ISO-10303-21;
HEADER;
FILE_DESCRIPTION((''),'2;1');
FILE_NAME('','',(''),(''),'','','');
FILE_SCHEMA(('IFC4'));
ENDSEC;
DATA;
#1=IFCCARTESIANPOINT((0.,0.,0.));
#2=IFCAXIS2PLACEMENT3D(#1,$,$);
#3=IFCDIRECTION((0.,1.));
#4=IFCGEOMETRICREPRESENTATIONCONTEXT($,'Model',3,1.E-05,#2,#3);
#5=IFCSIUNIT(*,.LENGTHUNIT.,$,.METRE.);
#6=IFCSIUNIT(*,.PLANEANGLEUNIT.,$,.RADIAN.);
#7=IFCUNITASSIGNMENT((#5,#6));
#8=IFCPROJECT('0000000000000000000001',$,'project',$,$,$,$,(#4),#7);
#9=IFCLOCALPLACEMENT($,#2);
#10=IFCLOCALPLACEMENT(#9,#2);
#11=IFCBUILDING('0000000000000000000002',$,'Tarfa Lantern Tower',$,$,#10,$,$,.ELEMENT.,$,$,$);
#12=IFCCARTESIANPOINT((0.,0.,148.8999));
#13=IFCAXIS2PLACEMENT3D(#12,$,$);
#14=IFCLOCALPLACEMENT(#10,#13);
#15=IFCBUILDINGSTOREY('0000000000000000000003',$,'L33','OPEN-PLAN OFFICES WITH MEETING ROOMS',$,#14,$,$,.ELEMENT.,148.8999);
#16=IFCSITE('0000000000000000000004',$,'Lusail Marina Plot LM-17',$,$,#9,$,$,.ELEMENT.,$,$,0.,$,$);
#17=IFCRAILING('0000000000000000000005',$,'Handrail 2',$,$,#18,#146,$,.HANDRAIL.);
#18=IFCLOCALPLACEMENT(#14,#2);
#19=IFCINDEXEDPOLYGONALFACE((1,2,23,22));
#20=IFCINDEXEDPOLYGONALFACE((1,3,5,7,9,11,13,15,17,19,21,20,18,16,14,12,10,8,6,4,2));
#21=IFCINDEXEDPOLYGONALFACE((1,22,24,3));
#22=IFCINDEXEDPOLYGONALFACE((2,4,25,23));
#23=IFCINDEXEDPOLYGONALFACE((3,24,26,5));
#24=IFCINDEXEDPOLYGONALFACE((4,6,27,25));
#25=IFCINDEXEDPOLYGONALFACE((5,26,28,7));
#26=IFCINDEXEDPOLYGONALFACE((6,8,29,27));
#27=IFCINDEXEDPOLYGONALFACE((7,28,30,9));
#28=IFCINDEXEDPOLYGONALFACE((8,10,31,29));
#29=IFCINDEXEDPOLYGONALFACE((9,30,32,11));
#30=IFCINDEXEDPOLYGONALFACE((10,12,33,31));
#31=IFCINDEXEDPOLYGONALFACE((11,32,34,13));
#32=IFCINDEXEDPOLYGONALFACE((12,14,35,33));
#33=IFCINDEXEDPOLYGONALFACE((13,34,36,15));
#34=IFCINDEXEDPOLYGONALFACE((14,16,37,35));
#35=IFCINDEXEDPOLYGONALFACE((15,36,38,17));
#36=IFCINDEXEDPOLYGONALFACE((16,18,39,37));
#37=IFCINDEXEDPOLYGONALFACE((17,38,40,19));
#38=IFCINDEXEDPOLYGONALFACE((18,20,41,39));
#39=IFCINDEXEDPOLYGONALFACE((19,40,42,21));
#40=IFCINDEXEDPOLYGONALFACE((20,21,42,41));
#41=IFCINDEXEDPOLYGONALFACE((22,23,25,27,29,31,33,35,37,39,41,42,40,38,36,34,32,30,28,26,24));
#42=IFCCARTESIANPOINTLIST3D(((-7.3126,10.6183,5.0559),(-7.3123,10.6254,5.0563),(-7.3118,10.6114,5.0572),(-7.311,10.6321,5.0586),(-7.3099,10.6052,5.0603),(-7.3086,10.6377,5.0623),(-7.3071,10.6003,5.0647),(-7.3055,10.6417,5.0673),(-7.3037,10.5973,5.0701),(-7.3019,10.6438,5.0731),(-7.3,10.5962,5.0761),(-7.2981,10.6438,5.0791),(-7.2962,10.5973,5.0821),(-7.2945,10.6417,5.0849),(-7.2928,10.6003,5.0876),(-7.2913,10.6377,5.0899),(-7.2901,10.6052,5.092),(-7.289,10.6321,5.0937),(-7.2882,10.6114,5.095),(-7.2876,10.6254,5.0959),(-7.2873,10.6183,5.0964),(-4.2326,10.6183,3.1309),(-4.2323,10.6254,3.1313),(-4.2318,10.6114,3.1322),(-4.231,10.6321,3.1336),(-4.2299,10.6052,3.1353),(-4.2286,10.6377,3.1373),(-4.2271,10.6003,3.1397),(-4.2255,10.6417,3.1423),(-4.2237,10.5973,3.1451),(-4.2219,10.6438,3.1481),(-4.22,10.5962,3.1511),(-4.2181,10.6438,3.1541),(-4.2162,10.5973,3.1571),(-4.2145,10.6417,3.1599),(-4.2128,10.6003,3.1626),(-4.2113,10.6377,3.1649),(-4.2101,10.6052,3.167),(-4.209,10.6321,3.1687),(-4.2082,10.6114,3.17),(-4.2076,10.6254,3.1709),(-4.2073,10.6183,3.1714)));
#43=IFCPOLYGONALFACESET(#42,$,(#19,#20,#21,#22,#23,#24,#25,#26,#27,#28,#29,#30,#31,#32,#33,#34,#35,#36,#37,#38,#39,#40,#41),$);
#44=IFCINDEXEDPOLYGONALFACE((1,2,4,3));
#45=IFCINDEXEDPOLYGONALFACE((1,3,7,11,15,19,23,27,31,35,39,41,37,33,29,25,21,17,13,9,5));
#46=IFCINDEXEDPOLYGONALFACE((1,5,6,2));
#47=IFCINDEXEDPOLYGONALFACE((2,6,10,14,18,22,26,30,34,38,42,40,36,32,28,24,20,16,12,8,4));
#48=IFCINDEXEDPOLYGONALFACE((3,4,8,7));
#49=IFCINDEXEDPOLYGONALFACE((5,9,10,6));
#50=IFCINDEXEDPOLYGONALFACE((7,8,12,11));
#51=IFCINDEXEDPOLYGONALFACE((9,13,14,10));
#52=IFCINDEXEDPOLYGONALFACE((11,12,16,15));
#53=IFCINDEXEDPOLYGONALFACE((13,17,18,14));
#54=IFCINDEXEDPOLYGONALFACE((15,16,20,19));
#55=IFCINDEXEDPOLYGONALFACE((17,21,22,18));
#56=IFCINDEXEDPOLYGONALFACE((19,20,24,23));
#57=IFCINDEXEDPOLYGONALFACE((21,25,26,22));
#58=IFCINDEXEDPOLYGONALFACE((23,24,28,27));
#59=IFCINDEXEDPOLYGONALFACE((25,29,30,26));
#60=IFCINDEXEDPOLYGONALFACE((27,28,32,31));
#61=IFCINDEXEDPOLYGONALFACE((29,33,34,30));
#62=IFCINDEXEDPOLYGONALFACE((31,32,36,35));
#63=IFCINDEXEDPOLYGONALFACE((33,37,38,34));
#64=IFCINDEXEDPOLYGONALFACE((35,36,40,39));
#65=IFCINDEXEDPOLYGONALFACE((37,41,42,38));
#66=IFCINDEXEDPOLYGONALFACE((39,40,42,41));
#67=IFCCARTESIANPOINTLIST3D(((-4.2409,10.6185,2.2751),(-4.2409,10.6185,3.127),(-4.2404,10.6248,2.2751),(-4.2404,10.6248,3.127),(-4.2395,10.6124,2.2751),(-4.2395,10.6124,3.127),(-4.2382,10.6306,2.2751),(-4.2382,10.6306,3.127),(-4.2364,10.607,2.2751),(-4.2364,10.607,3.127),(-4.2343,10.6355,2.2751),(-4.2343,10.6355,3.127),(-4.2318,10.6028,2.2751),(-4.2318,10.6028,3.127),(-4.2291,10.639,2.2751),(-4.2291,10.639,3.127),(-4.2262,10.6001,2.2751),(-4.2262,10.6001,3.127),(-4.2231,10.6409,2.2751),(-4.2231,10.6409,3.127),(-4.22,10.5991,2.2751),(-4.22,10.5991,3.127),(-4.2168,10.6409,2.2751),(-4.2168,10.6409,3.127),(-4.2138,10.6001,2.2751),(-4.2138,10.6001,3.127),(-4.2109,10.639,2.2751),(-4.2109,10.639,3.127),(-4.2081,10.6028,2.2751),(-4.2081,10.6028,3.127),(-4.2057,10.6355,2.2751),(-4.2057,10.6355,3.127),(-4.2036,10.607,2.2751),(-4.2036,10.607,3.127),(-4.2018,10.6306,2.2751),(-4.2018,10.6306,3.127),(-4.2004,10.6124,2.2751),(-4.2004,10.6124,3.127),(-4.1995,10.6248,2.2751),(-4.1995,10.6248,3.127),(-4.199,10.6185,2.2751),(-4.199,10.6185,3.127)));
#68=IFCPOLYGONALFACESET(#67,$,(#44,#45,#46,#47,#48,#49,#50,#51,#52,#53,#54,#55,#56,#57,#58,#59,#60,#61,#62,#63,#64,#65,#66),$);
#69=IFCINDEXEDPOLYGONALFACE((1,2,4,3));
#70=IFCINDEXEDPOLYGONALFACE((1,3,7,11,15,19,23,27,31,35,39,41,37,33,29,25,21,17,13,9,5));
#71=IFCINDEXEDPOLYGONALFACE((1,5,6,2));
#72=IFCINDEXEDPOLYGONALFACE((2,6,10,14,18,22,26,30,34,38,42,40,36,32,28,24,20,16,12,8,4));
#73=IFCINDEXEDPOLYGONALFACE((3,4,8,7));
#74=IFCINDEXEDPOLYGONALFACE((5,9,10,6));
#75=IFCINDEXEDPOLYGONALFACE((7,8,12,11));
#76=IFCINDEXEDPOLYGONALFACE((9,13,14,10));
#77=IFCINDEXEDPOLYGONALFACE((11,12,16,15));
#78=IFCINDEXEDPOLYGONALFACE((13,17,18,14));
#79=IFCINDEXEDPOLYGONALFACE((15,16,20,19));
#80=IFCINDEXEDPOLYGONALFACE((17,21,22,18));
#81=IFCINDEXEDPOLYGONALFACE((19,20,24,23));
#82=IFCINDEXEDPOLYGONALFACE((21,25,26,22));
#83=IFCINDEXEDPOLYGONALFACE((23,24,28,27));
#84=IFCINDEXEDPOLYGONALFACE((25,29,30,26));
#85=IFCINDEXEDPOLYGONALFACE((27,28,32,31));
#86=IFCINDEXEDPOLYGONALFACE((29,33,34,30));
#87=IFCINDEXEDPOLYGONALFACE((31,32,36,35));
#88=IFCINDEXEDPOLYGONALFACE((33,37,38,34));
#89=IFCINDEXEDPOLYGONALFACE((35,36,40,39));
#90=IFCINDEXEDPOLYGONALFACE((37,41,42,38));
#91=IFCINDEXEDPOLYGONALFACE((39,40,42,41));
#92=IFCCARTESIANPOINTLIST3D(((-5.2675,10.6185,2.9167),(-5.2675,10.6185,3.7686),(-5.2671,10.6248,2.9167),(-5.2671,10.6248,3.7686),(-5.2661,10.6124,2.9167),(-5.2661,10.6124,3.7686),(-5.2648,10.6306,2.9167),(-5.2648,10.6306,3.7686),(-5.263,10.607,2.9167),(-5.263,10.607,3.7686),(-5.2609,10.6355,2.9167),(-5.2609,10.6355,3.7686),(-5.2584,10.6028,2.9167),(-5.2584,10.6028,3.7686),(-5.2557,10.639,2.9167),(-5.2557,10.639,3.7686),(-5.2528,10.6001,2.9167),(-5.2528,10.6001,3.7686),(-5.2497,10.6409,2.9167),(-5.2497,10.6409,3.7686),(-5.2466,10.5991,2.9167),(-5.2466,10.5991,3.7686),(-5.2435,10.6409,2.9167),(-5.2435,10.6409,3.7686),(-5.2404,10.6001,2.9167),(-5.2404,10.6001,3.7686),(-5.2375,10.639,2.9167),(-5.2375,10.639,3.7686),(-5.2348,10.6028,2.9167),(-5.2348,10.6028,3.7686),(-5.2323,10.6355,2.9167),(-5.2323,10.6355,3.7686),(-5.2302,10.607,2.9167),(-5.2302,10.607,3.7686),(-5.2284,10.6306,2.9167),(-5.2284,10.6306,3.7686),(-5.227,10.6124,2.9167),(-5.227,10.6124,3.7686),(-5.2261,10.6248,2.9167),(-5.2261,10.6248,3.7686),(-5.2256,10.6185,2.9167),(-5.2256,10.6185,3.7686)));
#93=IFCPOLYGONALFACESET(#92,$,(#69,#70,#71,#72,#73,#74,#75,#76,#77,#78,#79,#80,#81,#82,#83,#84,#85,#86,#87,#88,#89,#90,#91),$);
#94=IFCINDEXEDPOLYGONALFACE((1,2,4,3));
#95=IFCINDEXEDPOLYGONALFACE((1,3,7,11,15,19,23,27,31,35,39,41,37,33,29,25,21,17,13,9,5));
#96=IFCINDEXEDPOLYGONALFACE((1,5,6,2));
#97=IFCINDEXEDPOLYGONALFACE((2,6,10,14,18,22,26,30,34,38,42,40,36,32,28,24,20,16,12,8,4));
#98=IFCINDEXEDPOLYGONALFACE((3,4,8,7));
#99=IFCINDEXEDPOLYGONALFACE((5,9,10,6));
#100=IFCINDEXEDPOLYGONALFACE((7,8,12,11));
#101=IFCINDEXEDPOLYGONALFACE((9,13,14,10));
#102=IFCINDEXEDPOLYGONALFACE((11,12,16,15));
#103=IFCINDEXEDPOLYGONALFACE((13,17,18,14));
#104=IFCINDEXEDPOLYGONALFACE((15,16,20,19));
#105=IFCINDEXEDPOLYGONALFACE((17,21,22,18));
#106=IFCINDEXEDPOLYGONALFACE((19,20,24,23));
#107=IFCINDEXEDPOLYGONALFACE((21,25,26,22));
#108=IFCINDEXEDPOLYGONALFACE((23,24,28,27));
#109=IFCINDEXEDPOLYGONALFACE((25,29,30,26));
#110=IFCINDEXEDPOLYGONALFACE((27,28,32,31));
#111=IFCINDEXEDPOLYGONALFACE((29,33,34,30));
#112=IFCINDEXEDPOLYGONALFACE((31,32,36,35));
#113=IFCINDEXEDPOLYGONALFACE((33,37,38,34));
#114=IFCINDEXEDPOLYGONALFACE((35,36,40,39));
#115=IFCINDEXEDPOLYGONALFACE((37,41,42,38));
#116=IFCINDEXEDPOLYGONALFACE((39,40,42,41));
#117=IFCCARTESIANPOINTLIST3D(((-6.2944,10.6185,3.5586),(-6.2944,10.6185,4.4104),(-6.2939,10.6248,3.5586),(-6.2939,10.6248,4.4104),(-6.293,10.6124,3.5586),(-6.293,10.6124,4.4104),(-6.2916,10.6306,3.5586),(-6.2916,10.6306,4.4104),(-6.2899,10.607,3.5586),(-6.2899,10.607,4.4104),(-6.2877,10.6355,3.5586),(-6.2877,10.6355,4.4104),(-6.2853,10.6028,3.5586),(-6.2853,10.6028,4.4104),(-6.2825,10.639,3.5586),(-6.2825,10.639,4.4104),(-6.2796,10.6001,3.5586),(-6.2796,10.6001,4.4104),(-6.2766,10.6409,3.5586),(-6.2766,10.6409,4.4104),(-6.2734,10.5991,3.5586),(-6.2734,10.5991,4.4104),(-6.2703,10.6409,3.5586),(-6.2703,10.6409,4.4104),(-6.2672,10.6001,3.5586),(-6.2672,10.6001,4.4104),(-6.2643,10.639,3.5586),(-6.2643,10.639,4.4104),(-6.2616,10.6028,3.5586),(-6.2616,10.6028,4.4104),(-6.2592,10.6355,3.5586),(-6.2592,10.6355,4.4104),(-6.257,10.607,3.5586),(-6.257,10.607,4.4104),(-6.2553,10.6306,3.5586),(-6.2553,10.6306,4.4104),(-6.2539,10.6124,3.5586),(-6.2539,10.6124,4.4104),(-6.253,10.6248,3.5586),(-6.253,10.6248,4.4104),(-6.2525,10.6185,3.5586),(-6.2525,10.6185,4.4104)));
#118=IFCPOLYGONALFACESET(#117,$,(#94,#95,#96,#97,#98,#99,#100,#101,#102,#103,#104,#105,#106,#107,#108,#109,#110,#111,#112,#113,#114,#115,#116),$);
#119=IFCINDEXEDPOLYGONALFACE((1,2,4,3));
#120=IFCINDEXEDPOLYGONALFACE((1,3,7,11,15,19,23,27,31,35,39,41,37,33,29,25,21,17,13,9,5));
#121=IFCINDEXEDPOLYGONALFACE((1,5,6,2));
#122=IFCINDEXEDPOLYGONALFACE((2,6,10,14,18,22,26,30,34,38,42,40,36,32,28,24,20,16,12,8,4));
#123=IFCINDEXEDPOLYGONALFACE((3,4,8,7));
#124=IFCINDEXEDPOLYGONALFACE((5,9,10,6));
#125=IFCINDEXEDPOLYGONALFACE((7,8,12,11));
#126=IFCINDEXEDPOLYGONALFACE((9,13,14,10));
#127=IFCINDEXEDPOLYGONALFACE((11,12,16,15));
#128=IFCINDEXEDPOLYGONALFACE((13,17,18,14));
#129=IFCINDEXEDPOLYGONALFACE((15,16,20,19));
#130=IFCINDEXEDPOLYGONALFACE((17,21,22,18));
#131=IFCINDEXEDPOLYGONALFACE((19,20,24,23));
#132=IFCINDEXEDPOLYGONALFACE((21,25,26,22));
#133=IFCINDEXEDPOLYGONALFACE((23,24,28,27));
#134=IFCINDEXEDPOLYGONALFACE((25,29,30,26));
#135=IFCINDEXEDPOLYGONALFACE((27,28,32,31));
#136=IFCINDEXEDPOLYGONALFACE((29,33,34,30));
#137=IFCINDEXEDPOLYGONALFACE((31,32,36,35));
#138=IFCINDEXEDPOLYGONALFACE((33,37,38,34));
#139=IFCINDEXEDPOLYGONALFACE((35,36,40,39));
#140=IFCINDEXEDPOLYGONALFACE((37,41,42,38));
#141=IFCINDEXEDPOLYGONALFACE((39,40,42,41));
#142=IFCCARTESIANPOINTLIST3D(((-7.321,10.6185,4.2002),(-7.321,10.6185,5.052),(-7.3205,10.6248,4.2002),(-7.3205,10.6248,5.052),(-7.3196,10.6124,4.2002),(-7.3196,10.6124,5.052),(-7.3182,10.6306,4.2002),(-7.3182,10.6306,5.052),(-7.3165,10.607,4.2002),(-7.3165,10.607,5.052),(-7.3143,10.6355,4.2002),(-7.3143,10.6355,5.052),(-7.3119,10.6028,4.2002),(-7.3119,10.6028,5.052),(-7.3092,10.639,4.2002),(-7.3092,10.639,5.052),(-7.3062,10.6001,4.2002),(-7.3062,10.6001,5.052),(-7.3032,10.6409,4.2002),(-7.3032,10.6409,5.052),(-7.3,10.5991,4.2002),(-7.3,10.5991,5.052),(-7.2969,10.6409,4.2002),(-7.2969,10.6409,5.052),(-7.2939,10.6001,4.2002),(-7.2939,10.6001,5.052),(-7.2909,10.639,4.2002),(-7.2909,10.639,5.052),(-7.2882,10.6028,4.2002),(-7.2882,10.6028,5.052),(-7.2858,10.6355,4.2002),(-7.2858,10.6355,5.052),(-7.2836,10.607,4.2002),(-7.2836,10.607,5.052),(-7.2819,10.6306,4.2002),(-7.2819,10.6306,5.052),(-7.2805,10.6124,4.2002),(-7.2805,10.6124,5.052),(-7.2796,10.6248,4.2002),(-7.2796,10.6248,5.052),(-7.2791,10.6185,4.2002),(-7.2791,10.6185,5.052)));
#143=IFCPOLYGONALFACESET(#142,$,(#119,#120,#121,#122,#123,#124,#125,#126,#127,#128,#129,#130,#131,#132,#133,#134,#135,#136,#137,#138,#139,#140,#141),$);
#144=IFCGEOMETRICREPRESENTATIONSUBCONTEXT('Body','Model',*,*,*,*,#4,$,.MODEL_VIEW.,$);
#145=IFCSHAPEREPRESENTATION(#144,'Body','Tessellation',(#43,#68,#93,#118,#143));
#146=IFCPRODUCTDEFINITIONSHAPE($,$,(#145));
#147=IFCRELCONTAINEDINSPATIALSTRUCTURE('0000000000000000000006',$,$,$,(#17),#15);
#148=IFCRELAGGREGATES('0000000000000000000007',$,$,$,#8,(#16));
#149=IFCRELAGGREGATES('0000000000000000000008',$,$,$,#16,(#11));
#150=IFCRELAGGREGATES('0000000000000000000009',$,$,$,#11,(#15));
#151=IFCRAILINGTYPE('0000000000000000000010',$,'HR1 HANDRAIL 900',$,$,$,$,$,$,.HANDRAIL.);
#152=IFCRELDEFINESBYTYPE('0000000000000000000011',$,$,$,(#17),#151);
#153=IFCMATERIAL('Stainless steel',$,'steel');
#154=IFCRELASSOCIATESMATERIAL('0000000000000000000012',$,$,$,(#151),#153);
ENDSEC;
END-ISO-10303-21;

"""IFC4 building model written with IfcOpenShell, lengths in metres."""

from ifc_helpers import new_model, si_unit, direction, frame, origin, origin_2d, place, context, subcontext, project, spatial, circle, extrude, material, type_object, element, save


model = new_model("IFC4")

# Units and contexts
model_context = context("Model", 3, precision=1e-05, world=origin(), true_north=direction((0.0, 1.0)))
body_context = subcontext(model_context, "Body", "Model", "MODEL_VIEW")
ifc_project = project(units=[si_unit("LENGTHUNIT", "METRE"), si_unit("PLANEANGLEUNIT", "RADIAN")], contexts=[model_context])

# Site, building, storey
site_placement = place(None, origin())
site = spatial("IfcSite", under=ifc_project, at=site_placement, Name="Lusail Marina Plot LM-17", CompositionType="ELEMENT", RefElevation=0.0)
building_placement = place(site_placement, origin())
building = spatial("IfcBuilding", under=site, at=building_placement, Name="Tarfa Lantern Tower", CompositionType="ELEMENT")
storey_placement = place(building_placement, frame((0.0, 0.0, 148.8999)))
storey = spatial("IfcBuildingStorey", under=building, at=storey_placement, Name="L33", Description="OPEN-PLAN OFFICES WITH MEETING ROOMS", CompositionType="ELEMENT", Elevation=148.8999)

# Railing
ifc_material_1 = material(Name="Stainless steel", Category="steel")
railing_type = type_object("IfcRailingType", Name="HR1 HANDRAIL 900", PredefinedType="HANDRAIL", material=ifc_material_1)
railing_1_placement = place(storey_placement, frame((-4.22, 10.6201, 2.2751)))
element("IfcRailing", 1, at=railing_1_placement, inside=storey, type_object=railing_type, Name="Handrail 2", PredefinedType="HANDRAIL", context=body_context, shape_type="SweptSolid", body=[
    extrude(circle(Radius=0.0239, at=origin_2d()), frame((0.0, 0.0, 0.876), z_axis=(-0.847998, 0.0, 0.529999), x_axis=(0.0, -1.0, 0.0)), (0.0, 0.0, 1.0), 3.6321),
    extrude(circle(Radius=0.021, at=origin_2d()), frame((0.0, 0.0, 0.0), z_axis=(0.0, 0.0, 1.0), x_axis=(0.0, -1.0, 0.0)), (0.0, 0.0, 1.0), 0.8518),
    extrude(circle(Radius=0.021, at=origin_2d()), frame((-1.0266, 0.0, 0.6416), z_axis=(0.0, 0.0, 1.0), x_axis=(0.0, -1.0, 0.0)), (0.0, 0.0, 1.0), 0.8518),
    extrude(circle(Radius=0.021, at=origin_2d()), frame((-2.0535, 0.0, 1.2834), z_axis=(0.0, 0.0, 1.0), x_axis=(0.0, -1.0, 0.0)), (0.0, 0.0, 1.0), 0.8518),
    extrude(circle(Radius=0.021, at=origin_2d()), frame((-3.0801, 0.0, 1.925), z_axis=(0.0, 0.0, 1.0), x_axis=(0.0, -1.0, 0.0)), (0.0, 0.0, 1.0), 0.8518),
])

save(model, "model.ifc")
